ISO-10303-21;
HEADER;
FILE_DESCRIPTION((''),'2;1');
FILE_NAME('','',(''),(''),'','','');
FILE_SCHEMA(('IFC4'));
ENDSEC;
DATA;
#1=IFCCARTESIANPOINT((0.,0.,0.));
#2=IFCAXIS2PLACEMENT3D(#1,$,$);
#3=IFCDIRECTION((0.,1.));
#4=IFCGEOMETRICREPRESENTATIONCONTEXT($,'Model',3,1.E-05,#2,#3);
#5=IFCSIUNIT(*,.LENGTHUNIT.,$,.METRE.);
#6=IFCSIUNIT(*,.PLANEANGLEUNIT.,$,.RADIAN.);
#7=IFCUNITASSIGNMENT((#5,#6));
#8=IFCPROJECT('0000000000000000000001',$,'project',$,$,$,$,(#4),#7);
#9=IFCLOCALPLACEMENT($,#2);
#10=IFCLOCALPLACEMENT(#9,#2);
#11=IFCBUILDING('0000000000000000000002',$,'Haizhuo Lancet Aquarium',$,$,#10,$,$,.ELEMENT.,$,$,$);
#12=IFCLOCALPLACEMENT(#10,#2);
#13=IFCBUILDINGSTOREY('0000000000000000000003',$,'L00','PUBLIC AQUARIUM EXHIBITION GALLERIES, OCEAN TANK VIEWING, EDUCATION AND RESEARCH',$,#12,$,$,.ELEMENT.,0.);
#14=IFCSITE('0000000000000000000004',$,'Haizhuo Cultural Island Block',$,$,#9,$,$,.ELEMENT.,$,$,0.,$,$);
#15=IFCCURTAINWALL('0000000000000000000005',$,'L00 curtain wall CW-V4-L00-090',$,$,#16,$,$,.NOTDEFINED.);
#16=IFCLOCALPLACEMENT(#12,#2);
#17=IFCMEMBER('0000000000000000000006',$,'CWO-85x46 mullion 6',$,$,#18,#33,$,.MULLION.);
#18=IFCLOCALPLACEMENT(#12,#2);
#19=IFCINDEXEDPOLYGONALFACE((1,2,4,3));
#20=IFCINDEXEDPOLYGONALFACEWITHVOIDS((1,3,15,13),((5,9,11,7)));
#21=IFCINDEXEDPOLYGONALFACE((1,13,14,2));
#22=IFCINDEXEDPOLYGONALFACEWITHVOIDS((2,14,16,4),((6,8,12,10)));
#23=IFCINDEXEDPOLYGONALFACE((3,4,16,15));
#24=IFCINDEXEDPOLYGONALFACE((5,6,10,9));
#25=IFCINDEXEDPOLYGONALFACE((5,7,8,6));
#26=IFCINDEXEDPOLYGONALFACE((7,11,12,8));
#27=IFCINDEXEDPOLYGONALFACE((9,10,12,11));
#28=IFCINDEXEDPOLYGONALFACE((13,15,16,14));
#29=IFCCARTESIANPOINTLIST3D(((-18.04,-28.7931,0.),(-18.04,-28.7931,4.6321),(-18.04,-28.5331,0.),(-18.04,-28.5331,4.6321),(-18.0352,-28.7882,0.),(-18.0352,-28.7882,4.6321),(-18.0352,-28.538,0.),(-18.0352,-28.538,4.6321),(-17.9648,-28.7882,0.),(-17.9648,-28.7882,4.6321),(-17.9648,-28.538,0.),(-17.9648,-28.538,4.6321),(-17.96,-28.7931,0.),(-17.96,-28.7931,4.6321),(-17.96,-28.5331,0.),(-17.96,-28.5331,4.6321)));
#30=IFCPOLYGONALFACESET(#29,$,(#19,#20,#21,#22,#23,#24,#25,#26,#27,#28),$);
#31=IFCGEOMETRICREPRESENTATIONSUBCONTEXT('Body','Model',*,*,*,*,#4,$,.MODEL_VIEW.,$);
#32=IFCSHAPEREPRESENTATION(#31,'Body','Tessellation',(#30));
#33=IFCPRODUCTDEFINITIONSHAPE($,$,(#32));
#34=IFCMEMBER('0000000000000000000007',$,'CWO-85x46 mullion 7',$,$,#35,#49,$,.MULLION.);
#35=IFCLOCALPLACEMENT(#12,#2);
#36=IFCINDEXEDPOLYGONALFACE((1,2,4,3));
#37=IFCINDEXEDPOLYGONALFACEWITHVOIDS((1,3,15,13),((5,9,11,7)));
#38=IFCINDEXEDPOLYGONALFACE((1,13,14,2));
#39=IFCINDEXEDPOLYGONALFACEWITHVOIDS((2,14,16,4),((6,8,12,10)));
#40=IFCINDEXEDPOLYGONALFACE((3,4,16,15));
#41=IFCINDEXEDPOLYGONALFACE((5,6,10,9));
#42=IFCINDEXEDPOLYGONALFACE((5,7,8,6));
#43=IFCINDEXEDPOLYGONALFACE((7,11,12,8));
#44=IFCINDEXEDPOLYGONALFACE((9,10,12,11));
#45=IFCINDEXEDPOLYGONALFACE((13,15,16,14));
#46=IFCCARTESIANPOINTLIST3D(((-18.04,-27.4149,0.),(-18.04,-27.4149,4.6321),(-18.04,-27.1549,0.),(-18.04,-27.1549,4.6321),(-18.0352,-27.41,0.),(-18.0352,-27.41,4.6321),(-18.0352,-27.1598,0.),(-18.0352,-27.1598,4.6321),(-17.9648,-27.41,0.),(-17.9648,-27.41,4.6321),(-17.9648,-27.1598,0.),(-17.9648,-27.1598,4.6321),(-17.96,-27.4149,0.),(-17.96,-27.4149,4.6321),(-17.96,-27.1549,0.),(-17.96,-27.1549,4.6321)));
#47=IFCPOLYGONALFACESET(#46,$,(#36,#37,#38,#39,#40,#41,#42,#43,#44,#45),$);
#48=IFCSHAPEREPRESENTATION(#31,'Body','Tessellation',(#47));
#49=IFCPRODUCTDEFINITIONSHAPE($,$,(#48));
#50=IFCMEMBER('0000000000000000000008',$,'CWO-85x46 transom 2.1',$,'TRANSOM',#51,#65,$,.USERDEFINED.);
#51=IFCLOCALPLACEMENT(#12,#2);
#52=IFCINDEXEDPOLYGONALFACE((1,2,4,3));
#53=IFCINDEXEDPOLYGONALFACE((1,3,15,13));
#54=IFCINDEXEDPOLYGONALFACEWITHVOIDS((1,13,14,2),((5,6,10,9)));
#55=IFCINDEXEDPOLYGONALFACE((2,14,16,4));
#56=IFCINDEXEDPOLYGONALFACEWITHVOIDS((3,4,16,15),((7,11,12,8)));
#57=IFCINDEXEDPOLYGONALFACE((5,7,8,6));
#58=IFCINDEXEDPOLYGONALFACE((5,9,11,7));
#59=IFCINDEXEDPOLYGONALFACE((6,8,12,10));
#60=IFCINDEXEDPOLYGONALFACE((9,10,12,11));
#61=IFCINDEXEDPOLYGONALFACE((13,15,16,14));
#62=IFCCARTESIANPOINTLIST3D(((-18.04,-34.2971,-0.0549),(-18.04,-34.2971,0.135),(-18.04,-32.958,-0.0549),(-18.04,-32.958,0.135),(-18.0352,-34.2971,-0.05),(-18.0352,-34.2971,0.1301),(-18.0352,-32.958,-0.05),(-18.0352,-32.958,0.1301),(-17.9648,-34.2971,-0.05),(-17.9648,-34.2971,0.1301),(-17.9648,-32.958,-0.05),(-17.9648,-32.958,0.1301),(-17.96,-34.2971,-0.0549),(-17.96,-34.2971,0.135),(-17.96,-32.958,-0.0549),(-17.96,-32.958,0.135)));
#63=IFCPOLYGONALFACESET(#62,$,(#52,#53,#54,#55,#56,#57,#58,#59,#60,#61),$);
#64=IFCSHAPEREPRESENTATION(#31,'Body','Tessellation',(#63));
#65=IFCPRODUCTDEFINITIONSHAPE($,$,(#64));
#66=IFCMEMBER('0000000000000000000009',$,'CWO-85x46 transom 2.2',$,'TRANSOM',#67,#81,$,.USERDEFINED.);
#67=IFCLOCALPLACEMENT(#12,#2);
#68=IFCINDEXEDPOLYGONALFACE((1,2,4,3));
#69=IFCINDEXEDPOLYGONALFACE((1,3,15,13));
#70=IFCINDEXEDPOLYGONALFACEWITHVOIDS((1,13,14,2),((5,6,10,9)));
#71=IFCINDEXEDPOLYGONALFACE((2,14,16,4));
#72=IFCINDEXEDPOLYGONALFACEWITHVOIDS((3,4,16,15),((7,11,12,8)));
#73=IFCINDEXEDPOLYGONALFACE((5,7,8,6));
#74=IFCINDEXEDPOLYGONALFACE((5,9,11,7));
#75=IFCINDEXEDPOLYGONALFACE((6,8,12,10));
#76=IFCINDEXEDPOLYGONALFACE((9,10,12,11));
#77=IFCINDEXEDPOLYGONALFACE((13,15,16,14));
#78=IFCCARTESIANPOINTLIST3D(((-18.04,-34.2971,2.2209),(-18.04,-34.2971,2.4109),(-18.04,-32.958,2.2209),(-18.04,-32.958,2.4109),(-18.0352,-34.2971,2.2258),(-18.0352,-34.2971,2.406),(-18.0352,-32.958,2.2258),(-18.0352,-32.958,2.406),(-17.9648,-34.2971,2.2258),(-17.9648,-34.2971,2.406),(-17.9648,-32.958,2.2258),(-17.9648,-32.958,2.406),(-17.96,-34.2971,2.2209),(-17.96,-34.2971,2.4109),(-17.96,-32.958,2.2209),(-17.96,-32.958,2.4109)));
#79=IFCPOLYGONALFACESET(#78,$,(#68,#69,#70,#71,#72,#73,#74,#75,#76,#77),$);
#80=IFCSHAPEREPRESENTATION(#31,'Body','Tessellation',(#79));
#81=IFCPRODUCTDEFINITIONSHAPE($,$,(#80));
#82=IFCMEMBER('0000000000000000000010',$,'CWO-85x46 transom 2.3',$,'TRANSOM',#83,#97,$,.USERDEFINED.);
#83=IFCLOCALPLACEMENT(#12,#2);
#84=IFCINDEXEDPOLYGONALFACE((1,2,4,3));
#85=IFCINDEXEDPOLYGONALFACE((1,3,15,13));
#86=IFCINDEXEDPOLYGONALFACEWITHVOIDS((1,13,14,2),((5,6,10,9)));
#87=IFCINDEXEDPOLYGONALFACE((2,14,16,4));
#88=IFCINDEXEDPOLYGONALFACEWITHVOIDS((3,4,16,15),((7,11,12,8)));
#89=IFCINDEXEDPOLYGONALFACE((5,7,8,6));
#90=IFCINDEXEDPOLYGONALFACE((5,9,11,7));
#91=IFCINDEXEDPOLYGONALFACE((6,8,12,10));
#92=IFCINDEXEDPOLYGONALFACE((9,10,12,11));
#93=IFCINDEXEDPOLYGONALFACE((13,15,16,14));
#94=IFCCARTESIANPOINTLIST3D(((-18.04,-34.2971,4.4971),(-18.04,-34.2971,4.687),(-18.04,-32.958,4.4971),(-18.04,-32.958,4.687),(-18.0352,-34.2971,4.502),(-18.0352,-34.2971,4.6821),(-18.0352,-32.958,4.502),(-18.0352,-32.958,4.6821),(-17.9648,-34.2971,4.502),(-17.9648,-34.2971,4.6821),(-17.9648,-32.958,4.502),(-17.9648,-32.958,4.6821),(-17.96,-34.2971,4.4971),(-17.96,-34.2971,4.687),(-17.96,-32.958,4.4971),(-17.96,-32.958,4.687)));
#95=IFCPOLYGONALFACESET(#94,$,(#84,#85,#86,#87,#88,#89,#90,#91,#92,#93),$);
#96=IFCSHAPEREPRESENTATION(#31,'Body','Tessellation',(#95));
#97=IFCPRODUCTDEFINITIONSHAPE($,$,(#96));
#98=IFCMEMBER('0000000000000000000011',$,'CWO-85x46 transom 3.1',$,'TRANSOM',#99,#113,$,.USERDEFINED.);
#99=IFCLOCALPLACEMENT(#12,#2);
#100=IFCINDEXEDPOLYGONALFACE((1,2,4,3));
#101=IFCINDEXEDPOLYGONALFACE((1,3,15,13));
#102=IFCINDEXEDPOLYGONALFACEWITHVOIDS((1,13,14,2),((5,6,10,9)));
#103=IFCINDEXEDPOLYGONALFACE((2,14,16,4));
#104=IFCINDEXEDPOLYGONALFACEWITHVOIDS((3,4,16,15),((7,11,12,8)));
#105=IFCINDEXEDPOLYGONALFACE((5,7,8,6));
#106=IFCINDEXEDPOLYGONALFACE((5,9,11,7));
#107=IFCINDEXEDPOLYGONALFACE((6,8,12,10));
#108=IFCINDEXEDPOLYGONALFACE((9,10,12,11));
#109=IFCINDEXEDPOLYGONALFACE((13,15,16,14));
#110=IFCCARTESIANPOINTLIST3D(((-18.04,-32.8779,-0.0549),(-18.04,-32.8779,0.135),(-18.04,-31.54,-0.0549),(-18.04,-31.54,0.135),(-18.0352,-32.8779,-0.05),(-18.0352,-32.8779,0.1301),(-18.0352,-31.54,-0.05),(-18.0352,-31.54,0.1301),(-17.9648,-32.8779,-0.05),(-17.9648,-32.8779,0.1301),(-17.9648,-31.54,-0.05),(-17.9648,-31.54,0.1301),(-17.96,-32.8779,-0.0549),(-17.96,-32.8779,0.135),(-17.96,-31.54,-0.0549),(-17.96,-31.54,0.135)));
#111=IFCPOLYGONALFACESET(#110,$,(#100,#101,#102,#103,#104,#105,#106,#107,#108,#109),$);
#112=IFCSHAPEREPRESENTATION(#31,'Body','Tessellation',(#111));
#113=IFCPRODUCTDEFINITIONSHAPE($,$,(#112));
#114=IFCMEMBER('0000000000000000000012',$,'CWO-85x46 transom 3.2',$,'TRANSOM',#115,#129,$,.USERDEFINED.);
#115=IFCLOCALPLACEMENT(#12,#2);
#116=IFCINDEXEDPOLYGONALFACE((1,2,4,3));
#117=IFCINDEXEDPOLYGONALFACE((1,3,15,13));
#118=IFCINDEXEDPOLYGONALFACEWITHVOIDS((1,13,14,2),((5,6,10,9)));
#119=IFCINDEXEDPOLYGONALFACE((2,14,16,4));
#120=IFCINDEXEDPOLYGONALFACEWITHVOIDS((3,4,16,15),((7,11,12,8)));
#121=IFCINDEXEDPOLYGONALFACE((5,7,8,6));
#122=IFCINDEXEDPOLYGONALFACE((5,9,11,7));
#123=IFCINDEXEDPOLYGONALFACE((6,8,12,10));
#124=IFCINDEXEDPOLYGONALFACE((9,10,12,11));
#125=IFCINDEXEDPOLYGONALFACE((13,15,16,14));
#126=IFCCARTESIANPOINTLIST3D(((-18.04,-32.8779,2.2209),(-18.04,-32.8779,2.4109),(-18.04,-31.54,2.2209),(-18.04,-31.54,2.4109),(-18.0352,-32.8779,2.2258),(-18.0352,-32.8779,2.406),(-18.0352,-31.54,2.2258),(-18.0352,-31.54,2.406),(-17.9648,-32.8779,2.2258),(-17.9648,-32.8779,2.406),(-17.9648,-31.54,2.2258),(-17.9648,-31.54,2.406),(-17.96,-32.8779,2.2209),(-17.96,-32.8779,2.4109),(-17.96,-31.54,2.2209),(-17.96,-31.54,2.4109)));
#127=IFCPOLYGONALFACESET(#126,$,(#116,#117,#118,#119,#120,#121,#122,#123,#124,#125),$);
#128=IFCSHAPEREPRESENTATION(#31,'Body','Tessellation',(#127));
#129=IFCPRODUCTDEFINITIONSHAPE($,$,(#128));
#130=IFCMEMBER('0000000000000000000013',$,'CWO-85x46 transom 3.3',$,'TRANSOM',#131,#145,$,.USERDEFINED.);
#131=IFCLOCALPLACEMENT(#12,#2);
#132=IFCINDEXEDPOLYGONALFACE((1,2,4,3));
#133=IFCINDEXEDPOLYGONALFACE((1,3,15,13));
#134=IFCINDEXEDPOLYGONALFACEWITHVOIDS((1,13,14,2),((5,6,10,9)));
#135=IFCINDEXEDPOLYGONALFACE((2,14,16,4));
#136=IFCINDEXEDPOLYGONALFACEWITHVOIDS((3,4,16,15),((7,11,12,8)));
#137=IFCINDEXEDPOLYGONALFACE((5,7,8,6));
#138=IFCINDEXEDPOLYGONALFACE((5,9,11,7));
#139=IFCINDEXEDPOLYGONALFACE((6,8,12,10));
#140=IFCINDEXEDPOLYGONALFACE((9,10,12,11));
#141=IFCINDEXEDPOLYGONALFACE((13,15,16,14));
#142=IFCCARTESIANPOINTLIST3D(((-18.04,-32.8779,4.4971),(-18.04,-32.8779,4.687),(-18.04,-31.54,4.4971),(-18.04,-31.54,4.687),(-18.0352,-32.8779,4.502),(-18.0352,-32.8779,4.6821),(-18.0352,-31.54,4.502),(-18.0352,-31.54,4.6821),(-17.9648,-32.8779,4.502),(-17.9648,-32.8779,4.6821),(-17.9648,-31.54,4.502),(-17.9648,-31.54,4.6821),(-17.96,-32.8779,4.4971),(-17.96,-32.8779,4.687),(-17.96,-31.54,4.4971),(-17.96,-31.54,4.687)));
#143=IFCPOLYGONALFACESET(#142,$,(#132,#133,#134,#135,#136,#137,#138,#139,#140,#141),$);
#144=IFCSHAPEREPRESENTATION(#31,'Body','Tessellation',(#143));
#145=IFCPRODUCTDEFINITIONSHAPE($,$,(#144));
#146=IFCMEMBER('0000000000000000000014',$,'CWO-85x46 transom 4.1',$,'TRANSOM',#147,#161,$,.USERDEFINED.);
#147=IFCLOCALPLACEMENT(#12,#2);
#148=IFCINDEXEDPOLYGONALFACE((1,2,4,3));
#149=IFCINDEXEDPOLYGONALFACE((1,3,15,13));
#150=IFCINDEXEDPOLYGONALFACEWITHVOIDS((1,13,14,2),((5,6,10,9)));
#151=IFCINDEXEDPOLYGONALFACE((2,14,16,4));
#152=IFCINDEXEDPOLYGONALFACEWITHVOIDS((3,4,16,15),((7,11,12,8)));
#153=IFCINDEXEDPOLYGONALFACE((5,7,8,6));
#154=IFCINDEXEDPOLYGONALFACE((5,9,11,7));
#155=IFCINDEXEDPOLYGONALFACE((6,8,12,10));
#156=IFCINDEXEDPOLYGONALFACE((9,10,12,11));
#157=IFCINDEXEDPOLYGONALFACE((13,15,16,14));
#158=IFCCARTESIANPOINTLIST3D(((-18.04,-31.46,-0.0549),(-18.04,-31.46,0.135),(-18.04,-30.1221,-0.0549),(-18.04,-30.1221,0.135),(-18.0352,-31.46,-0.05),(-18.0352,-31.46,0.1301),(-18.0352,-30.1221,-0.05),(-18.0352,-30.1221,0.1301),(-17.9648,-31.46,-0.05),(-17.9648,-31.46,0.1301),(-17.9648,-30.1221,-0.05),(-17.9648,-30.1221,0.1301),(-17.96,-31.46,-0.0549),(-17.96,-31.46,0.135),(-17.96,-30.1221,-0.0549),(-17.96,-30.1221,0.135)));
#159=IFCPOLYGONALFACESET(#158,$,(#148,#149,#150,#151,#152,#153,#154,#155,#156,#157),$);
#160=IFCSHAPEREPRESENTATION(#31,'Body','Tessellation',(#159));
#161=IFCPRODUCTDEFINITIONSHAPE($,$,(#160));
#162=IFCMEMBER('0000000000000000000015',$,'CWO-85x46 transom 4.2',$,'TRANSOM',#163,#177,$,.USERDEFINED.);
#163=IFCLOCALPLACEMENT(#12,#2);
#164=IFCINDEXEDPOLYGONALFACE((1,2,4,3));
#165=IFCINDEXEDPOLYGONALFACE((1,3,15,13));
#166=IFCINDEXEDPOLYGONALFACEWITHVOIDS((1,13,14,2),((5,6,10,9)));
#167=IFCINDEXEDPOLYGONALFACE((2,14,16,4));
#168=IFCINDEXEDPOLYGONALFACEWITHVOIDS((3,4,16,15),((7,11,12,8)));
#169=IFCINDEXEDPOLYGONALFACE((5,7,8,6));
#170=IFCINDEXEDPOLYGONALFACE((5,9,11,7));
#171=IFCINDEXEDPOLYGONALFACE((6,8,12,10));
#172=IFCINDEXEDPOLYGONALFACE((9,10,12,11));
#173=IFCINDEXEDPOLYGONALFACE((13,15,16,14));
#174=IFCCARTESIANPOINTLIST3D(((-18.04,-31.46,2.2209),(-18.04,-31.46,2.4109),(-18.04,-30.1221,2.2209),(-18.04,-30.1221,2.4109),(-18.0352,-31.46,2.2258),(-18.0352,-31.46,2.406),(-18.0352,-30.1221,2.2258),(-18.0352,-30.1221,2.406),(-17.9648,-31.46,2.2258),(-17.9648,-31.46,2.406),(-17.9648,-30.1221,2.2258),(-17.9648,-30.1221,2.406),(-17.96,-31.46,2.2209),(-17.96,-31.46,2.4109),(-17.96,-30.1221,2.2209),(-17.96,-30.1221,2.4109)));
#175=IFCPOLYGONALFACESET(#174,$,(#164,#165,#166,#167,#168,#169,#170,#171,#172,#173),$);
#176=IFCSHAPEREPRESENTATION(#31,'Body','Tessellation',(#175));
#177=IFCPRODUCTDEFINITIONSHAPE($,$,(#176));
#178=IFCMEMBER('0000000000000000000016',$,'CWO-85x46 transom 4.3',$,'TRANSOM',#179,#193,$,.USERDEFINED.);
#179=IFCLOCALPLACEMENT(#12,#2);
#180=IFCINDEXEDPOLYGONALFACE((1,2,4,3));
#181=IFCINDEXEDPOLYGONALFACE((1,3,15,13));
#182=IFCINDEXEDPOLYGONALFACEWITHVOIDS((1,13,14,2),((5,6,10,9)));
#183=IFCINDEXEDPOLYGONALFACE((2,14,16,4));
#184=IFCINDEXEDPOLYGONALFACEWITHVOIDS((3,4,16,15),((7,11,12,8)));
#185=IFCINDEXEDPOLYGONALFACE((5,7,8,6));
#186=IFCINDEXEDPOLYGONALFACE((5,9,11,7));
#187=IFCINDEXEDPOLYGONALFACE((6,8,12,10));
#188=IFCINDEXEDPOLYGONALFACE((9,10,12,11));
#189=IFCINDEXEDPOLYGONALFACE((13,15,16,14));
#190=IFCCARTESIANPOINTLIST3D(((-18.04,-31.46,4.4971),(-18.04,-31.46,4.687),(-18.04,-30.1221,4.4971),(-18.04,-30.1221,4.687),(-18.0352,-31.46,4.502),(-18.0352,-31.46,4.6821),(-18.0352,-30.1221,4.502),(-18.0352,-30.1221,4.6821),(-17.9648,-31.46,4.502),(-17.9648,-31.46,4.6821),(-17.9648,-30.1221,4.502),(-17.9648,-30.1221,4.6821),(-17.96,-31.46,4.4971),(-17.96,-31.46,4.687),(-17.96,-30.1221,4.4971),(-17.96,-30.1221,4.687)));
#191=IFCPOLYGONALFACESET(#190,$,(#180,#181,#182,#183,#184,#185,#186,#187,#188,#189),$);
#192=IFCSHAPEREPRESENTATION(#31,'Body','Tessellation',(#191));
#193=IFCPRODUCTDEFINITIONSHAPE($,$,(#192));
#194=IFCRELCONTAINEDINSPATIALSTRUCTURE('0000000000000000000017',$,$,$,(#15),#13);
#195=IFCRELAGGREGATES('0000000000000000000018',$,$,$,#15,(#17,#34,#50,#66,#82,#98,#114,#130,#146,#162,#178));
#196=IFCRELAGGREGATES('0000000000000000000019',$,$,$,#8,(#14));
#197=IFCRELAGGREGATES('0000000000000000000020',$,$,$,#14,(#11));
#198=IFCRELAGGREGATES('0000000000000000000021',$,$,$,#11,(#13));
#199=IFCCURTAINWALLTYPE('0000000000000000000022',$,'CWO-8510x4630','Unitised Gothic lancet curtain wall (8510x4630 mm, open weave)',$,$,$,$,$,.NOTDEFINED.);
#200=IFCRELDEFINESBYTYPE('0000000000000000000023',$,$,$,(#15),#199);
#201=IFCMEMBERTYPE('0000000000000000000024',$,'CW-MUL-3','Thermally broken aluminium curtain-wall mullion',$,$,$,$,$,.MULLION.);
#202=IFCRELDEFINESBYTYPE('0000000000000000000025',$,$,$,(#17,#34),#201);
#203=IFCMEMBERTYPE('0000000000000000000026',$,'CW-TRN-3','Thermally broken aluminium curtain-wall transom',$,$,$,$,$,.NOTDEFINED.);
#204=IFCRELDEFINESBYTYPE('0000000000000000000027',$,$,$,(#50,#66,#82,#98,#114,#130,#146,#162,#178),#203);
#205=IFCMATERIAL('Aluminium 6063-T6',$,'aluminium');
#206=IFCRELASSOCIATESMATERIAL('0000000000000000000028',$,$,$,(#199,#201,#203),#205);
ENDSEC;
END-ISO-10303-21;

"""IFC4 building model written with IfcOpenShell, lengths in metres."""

from ifc_helpers import new_model, si_unit, direction, frame, origin, origin_2d, place, context, subcontext, project, spatial, hollow_rectangle, extrude, material, material_profile, profile_set, type_object, element, aggregate, save


model = new_model("IFC4")

# Units and contexts
model_context = context("Model", 3, precision=1e-05, world=origin(), true_north=direction((0.0, 1.0)))
body_context = subcontext(model_context, "Body", "Model", "MODEL_VIEW")
ifc_project = project(units=[si_unit("LENGTHUNIT", "METRE"), si_unit("PLANEANGLEUNIT", "RADIAN")], contexts=[model_context])

# Site, building, storey
site_placement = place(None, origin())
site = spatial("IfcSite", under=ifc_project, at=site_placement, Name="Haizhuo Cultural Island Block", CompositionType="ELEMENT", RefElevation=0.0)
building_placement = place(site_placement, origin())
building = spatial("IfcBuilding", under=site, at=building_placement, Name="Haizhuo Lancet Aquarium", CompositionType="ELEMENT")
storey_placement = place(building_placement, origin())
storey = spatial("IfcBuildingStorey", under=building, at=storey_placement, Name="L00", Description="PUBLIC AQUARIUM EXHIBITION GALLERIES, OCEAN TANK VIEWING, EDUCATION AND RESEARCH", CompositionType="ELEMENT", Elevation=0.0)

# Curtain wall, members
ifc_material_1 = material(Name="Aluminium 6063-T6", Category="aluminium")
curtain_wall_type = type_object("IfcCurtainWallType", Name="CWO-8510x4630", Description="Unitised Gothic lancet curtain wall (8510x4630 mm, open weave)", PredefinedType="NOTDEFINED", material=ifc_material_1)
curtain_wall_placement = place(storey_placement, origin())
curtain_wall = element("IfcCurtainWall", 1, at=curtain_wall_placement, inside=storey, type_object=curtain_wall_type, Name="L00 curtain wall CW-V4-L00-090", PredefinedType="NOTDEFINED")
ifc_material_profile_1 = material_profile(ifc_material_1, hollow_rectangle(XDim=0.0801, YDim=0.26, WallThickness=0.0049, at=origin_2d()), Name="ALU-M 80x260x5")
ifc_profile_set_1 = profile_set([ifc_material_profile_1], Name="Aluminium 6063-T6")
member_type_1 = type_object("IfcMemberType", Name="CW-MUL-3", Description="Thermally broken aluminium curtain-wall mullion", PredefinedType="MULLION", material=ifc_profile_set_1)
member_1_placement = place(storey_placement, frame((-18.0, -28.6631, 0.0), z_axis=(0.0, 0.0, 1.0), x_axis=(-1.0, 0.0, 0.0)))
member_1 = element("IfcMember", 2, at=member_1_placement, type_object=member_type_1, Name="CWO-85x46 mullion 6", PredefinedType="MULLION", context=body_context, shape_type="SweptSolid", body=[
    extrude(hollow_rectangle(XDim=0.0801, YDim=0.26, WallThickness=0.0049, at=origin_2d()), origin(), (0.0, 0.0, 1.0), 4.6321),
])
member_2_placement = place(storey_placement, frame((-18.0, -27.2849, 0.0), z_axis=(0.0, 0.0, 1.0), x_axis=(-1.0, 0.0, 0.0)))
member_2 = element("IfcMember", 3, at=member_2_placement, type_object=member_type_1, Name="CWO-85x46 mullion 7", PredefinedType="MULLION", context=body_context, shape_type="SweptSolid", body=[
    extrude(hollow_rectangle(XDim=0.0801, YDim=0.26, WallThickness=0.0049, at=origin_2d()), origin(), (0.0, 0.0, 1.0), 4.6321),
])
ifc_material_profile_2 = material_profile(ifc_material_1, hollow_rectangle(XDim=0.0801, YDim=0.1899, WallThickness=0.0049, at=origin_2d()), Name="ALU-T 80x190x5")
ifc_profile_set_2 = profile_set([ifc_material_profile_2], Name="Aluminium 6063-T6")
member_type_2 = type_object("IfcMemberType", Name="CW-TRN-3", Description="Thermally broken aluminium curtain-wall transom", PredefinedType="NOTDEFINED", material=ifc_profile_set_2)
member_3_placement = place(storey_placement, frame((-18.0, -34.2971, 0.04), z_axis=(0.0, 1.0, 0.0), x_axis=(-1.0, 0.0, 0.0)))
member_3 = element("IfcMember", 4, at=member_3_placement, type_object=member_type_2, Name="CWO-85x46 transom 2.1", ObjectType="TRANSOM", PredefinedType="USERDEFINED", context=body_context, shape_type="SweptSolid", body=[
    extrude(hollow_rectangle(XDim=0.0801, YDim=0.1899, WallThickness=0.0049, at=origin_2d()), origin(), (0.0, 0.0, 1.0), 1.3391),
])
member_4_placement = place(storey_placement, frame((-18.0, -34.2971, 2.3159), z_axis=(0.0, 1.0, 0.0), x_axis=(-1.0, 0.0, 0.0)))
member_4 = element("IfcMember", 5, at=member_4_placement, type_object=member_type_2, Name="CWO-85x46 transom 2.2", ObjectType="TRANSOM", PredefinedType="USERDEFINED", context=body_context, shape_type="SweptSolid", body=[
    extrude(hollow_rectangle(XDim=0.0801, YDim=0.1899, WallThickness=0.0049, at=origin_2d()), origin(), (0.0, 0.0, 1.0), 1.3391),
])
member_5_placement = place(storey_placement, frame((-18.0, -34.2971, 4.592), z_axis=(0.0, 1.0, 0.0), x_axis=(-1.0, 0.0, 0.0)))
member_5 = element("IfcMember", 6, at=member_5_placement, type_object=member_type_2, Name="CWO-85x46 transom 2.3", ObjectType="TRANSOM", PredefinedType="USERDEFINED", context=body_context, shape_type="SweptSolid", body=[
    extrude(hollow_rectangle(XDim=0.0801, YDim=0.1899, WallThickness=0.0049, at=origin_2d()), origin(), (0.0, 0.0, 1.0), 1.3391),
])
member_6_placement = place(storey_placement, frame((-18.0, -32.8779, 0.04), z_axis=(0.0, 1.0, 0.0), x_axis=(-1.0, 0.0, 0.0)))
member_6 = element("IfcMember", 7, at=member_6_placement, type_object=member_type_2, Name="CWO-85x46 transom 3.1", ObjectType="TRANSOM", PredefinedType="USERDEFINED", context=body_context, shape_type="SweptSolid", body=[
    extrude(hollow_rectangle(XDim=0.0801, YDim=0.1899, WallThickness=0.0049, at=origin_2d()), origin(), (0.0, 0.0, 1.0), 1.3379),
])
member_7_placement = place(storey_placement, frame((-18.0, -32.8779, 2.3159), z_axis=(0.0, 1.0, 0.0), x_axis=(-1.0, 0.0, 0.0)))
member_7 = element("IfcMember", 8, at=member_7_placement, type_object=member_type_2, Name="CWO-85x46 transom 3.2", ObjectType="TRANSOM", PredefinedType="USERDEFINED", context=body_context, shape_type="SweptSolid", body=[
    extrude(hollow_rectangle(XDim=0.0801, YDim=0.1899, WallThickness=0.0049, at=origin_2d()), origin(), (0.0, 0.0, 1.0), 1.3379),
])
member_8_placement = place(storey_placement, frame((-18.0, -32.8779, 4.592), z_axis=(0.0, 1.0, 0.0), x_axis=(-1.0, 0.0, 0.0)))
member_8 = element("IfcMember", 9, at=member_8_placement, type_object=member_type_2, Name="CWO-85x46 transom 3.3", ObjectType="TRANSOM", PredefinedType="USERDEFINED", context=body_context, shape_type="SweptSolid", body=[
    extrude(hollow_rectangle(XDim=0.0801, YDim=0.1899, WallThickness=0.0049, at=origin_2d()), origin(), (0.0, 0.0, 1.0), 1.3379),
])
member_9_placement = place(storey_placement, frame((-18.0, -31.46, 0.04), z_axis=(0.0, 1.0, 0.0), x_axis=(-1.0, 0.0, 0.0)))
member_9 = element("IfcMember", 10, at=member_9_placement, type_object=member_type_2, Name="CWO-85x46 transom 4.1", ObjectType="TRANSOM", PredefinedType="USERDEFINED", context=body_context, shape_type="SweptSolid", body=[
    extrude(hollow_rectangle(XDim=0.0801, YDim=0.1899, WallThickness=0.0049, at=origin_2d()), origin(), (0.0, 0.0, 1.0), 1.3379),
])
member_10_placement = place(storey_placement, frame((-18.0, -31.46, 2.3159), z_axis=(0.0, 1.0, 0.0), x_axis=(-1.0, 0.0, 0.0)))
member_10 = element("IfcMember", 11, at=member_10_placement, type_object=member_type_2, Name="CWO-85x46 transom 4.2", ObjectType="TRANSOM", PredefinedType="USERDEFINED", context=body_context, shape_type="SweptSolid", body=[
    extrude(hollow_rectangle(XDim=0.0801, YDim=0.1899, WallThickness=0.0049, at=origin_2d()), origin(), (0.0, 0.0, 1.0), 1.3379),
])
member_11_placement = place(storey_placement, frame((-18.0, -31.46, 4.592), z_axis=(0.0, 1.0, 0.0), x_axis=(-1.0, 0.0, 0.0)))
member_11 = element("IfcMember", 12, at=member_11_placement, type_object=member_type_2, Name="CWO-85x46 transom 4.3", ObjectType="TRANSOM", PredefinedType="USERDEFINED", context=body_context, shape_type="SweptSolid", body=[
    extrude(hollow_rectangle(XDim=0.0801, YDim=0.1899, WallThickness=0.0049, at=origin_2d()), origin(), (0.0, 0.0, 1.0), 1.3379),
])
aggregate(curtain_wall, [member_1, member_2, member_3, member_4, member_5, member_6, member_7, member_8, member_9, member_10, member_11])

save(model, "model.ifc")
